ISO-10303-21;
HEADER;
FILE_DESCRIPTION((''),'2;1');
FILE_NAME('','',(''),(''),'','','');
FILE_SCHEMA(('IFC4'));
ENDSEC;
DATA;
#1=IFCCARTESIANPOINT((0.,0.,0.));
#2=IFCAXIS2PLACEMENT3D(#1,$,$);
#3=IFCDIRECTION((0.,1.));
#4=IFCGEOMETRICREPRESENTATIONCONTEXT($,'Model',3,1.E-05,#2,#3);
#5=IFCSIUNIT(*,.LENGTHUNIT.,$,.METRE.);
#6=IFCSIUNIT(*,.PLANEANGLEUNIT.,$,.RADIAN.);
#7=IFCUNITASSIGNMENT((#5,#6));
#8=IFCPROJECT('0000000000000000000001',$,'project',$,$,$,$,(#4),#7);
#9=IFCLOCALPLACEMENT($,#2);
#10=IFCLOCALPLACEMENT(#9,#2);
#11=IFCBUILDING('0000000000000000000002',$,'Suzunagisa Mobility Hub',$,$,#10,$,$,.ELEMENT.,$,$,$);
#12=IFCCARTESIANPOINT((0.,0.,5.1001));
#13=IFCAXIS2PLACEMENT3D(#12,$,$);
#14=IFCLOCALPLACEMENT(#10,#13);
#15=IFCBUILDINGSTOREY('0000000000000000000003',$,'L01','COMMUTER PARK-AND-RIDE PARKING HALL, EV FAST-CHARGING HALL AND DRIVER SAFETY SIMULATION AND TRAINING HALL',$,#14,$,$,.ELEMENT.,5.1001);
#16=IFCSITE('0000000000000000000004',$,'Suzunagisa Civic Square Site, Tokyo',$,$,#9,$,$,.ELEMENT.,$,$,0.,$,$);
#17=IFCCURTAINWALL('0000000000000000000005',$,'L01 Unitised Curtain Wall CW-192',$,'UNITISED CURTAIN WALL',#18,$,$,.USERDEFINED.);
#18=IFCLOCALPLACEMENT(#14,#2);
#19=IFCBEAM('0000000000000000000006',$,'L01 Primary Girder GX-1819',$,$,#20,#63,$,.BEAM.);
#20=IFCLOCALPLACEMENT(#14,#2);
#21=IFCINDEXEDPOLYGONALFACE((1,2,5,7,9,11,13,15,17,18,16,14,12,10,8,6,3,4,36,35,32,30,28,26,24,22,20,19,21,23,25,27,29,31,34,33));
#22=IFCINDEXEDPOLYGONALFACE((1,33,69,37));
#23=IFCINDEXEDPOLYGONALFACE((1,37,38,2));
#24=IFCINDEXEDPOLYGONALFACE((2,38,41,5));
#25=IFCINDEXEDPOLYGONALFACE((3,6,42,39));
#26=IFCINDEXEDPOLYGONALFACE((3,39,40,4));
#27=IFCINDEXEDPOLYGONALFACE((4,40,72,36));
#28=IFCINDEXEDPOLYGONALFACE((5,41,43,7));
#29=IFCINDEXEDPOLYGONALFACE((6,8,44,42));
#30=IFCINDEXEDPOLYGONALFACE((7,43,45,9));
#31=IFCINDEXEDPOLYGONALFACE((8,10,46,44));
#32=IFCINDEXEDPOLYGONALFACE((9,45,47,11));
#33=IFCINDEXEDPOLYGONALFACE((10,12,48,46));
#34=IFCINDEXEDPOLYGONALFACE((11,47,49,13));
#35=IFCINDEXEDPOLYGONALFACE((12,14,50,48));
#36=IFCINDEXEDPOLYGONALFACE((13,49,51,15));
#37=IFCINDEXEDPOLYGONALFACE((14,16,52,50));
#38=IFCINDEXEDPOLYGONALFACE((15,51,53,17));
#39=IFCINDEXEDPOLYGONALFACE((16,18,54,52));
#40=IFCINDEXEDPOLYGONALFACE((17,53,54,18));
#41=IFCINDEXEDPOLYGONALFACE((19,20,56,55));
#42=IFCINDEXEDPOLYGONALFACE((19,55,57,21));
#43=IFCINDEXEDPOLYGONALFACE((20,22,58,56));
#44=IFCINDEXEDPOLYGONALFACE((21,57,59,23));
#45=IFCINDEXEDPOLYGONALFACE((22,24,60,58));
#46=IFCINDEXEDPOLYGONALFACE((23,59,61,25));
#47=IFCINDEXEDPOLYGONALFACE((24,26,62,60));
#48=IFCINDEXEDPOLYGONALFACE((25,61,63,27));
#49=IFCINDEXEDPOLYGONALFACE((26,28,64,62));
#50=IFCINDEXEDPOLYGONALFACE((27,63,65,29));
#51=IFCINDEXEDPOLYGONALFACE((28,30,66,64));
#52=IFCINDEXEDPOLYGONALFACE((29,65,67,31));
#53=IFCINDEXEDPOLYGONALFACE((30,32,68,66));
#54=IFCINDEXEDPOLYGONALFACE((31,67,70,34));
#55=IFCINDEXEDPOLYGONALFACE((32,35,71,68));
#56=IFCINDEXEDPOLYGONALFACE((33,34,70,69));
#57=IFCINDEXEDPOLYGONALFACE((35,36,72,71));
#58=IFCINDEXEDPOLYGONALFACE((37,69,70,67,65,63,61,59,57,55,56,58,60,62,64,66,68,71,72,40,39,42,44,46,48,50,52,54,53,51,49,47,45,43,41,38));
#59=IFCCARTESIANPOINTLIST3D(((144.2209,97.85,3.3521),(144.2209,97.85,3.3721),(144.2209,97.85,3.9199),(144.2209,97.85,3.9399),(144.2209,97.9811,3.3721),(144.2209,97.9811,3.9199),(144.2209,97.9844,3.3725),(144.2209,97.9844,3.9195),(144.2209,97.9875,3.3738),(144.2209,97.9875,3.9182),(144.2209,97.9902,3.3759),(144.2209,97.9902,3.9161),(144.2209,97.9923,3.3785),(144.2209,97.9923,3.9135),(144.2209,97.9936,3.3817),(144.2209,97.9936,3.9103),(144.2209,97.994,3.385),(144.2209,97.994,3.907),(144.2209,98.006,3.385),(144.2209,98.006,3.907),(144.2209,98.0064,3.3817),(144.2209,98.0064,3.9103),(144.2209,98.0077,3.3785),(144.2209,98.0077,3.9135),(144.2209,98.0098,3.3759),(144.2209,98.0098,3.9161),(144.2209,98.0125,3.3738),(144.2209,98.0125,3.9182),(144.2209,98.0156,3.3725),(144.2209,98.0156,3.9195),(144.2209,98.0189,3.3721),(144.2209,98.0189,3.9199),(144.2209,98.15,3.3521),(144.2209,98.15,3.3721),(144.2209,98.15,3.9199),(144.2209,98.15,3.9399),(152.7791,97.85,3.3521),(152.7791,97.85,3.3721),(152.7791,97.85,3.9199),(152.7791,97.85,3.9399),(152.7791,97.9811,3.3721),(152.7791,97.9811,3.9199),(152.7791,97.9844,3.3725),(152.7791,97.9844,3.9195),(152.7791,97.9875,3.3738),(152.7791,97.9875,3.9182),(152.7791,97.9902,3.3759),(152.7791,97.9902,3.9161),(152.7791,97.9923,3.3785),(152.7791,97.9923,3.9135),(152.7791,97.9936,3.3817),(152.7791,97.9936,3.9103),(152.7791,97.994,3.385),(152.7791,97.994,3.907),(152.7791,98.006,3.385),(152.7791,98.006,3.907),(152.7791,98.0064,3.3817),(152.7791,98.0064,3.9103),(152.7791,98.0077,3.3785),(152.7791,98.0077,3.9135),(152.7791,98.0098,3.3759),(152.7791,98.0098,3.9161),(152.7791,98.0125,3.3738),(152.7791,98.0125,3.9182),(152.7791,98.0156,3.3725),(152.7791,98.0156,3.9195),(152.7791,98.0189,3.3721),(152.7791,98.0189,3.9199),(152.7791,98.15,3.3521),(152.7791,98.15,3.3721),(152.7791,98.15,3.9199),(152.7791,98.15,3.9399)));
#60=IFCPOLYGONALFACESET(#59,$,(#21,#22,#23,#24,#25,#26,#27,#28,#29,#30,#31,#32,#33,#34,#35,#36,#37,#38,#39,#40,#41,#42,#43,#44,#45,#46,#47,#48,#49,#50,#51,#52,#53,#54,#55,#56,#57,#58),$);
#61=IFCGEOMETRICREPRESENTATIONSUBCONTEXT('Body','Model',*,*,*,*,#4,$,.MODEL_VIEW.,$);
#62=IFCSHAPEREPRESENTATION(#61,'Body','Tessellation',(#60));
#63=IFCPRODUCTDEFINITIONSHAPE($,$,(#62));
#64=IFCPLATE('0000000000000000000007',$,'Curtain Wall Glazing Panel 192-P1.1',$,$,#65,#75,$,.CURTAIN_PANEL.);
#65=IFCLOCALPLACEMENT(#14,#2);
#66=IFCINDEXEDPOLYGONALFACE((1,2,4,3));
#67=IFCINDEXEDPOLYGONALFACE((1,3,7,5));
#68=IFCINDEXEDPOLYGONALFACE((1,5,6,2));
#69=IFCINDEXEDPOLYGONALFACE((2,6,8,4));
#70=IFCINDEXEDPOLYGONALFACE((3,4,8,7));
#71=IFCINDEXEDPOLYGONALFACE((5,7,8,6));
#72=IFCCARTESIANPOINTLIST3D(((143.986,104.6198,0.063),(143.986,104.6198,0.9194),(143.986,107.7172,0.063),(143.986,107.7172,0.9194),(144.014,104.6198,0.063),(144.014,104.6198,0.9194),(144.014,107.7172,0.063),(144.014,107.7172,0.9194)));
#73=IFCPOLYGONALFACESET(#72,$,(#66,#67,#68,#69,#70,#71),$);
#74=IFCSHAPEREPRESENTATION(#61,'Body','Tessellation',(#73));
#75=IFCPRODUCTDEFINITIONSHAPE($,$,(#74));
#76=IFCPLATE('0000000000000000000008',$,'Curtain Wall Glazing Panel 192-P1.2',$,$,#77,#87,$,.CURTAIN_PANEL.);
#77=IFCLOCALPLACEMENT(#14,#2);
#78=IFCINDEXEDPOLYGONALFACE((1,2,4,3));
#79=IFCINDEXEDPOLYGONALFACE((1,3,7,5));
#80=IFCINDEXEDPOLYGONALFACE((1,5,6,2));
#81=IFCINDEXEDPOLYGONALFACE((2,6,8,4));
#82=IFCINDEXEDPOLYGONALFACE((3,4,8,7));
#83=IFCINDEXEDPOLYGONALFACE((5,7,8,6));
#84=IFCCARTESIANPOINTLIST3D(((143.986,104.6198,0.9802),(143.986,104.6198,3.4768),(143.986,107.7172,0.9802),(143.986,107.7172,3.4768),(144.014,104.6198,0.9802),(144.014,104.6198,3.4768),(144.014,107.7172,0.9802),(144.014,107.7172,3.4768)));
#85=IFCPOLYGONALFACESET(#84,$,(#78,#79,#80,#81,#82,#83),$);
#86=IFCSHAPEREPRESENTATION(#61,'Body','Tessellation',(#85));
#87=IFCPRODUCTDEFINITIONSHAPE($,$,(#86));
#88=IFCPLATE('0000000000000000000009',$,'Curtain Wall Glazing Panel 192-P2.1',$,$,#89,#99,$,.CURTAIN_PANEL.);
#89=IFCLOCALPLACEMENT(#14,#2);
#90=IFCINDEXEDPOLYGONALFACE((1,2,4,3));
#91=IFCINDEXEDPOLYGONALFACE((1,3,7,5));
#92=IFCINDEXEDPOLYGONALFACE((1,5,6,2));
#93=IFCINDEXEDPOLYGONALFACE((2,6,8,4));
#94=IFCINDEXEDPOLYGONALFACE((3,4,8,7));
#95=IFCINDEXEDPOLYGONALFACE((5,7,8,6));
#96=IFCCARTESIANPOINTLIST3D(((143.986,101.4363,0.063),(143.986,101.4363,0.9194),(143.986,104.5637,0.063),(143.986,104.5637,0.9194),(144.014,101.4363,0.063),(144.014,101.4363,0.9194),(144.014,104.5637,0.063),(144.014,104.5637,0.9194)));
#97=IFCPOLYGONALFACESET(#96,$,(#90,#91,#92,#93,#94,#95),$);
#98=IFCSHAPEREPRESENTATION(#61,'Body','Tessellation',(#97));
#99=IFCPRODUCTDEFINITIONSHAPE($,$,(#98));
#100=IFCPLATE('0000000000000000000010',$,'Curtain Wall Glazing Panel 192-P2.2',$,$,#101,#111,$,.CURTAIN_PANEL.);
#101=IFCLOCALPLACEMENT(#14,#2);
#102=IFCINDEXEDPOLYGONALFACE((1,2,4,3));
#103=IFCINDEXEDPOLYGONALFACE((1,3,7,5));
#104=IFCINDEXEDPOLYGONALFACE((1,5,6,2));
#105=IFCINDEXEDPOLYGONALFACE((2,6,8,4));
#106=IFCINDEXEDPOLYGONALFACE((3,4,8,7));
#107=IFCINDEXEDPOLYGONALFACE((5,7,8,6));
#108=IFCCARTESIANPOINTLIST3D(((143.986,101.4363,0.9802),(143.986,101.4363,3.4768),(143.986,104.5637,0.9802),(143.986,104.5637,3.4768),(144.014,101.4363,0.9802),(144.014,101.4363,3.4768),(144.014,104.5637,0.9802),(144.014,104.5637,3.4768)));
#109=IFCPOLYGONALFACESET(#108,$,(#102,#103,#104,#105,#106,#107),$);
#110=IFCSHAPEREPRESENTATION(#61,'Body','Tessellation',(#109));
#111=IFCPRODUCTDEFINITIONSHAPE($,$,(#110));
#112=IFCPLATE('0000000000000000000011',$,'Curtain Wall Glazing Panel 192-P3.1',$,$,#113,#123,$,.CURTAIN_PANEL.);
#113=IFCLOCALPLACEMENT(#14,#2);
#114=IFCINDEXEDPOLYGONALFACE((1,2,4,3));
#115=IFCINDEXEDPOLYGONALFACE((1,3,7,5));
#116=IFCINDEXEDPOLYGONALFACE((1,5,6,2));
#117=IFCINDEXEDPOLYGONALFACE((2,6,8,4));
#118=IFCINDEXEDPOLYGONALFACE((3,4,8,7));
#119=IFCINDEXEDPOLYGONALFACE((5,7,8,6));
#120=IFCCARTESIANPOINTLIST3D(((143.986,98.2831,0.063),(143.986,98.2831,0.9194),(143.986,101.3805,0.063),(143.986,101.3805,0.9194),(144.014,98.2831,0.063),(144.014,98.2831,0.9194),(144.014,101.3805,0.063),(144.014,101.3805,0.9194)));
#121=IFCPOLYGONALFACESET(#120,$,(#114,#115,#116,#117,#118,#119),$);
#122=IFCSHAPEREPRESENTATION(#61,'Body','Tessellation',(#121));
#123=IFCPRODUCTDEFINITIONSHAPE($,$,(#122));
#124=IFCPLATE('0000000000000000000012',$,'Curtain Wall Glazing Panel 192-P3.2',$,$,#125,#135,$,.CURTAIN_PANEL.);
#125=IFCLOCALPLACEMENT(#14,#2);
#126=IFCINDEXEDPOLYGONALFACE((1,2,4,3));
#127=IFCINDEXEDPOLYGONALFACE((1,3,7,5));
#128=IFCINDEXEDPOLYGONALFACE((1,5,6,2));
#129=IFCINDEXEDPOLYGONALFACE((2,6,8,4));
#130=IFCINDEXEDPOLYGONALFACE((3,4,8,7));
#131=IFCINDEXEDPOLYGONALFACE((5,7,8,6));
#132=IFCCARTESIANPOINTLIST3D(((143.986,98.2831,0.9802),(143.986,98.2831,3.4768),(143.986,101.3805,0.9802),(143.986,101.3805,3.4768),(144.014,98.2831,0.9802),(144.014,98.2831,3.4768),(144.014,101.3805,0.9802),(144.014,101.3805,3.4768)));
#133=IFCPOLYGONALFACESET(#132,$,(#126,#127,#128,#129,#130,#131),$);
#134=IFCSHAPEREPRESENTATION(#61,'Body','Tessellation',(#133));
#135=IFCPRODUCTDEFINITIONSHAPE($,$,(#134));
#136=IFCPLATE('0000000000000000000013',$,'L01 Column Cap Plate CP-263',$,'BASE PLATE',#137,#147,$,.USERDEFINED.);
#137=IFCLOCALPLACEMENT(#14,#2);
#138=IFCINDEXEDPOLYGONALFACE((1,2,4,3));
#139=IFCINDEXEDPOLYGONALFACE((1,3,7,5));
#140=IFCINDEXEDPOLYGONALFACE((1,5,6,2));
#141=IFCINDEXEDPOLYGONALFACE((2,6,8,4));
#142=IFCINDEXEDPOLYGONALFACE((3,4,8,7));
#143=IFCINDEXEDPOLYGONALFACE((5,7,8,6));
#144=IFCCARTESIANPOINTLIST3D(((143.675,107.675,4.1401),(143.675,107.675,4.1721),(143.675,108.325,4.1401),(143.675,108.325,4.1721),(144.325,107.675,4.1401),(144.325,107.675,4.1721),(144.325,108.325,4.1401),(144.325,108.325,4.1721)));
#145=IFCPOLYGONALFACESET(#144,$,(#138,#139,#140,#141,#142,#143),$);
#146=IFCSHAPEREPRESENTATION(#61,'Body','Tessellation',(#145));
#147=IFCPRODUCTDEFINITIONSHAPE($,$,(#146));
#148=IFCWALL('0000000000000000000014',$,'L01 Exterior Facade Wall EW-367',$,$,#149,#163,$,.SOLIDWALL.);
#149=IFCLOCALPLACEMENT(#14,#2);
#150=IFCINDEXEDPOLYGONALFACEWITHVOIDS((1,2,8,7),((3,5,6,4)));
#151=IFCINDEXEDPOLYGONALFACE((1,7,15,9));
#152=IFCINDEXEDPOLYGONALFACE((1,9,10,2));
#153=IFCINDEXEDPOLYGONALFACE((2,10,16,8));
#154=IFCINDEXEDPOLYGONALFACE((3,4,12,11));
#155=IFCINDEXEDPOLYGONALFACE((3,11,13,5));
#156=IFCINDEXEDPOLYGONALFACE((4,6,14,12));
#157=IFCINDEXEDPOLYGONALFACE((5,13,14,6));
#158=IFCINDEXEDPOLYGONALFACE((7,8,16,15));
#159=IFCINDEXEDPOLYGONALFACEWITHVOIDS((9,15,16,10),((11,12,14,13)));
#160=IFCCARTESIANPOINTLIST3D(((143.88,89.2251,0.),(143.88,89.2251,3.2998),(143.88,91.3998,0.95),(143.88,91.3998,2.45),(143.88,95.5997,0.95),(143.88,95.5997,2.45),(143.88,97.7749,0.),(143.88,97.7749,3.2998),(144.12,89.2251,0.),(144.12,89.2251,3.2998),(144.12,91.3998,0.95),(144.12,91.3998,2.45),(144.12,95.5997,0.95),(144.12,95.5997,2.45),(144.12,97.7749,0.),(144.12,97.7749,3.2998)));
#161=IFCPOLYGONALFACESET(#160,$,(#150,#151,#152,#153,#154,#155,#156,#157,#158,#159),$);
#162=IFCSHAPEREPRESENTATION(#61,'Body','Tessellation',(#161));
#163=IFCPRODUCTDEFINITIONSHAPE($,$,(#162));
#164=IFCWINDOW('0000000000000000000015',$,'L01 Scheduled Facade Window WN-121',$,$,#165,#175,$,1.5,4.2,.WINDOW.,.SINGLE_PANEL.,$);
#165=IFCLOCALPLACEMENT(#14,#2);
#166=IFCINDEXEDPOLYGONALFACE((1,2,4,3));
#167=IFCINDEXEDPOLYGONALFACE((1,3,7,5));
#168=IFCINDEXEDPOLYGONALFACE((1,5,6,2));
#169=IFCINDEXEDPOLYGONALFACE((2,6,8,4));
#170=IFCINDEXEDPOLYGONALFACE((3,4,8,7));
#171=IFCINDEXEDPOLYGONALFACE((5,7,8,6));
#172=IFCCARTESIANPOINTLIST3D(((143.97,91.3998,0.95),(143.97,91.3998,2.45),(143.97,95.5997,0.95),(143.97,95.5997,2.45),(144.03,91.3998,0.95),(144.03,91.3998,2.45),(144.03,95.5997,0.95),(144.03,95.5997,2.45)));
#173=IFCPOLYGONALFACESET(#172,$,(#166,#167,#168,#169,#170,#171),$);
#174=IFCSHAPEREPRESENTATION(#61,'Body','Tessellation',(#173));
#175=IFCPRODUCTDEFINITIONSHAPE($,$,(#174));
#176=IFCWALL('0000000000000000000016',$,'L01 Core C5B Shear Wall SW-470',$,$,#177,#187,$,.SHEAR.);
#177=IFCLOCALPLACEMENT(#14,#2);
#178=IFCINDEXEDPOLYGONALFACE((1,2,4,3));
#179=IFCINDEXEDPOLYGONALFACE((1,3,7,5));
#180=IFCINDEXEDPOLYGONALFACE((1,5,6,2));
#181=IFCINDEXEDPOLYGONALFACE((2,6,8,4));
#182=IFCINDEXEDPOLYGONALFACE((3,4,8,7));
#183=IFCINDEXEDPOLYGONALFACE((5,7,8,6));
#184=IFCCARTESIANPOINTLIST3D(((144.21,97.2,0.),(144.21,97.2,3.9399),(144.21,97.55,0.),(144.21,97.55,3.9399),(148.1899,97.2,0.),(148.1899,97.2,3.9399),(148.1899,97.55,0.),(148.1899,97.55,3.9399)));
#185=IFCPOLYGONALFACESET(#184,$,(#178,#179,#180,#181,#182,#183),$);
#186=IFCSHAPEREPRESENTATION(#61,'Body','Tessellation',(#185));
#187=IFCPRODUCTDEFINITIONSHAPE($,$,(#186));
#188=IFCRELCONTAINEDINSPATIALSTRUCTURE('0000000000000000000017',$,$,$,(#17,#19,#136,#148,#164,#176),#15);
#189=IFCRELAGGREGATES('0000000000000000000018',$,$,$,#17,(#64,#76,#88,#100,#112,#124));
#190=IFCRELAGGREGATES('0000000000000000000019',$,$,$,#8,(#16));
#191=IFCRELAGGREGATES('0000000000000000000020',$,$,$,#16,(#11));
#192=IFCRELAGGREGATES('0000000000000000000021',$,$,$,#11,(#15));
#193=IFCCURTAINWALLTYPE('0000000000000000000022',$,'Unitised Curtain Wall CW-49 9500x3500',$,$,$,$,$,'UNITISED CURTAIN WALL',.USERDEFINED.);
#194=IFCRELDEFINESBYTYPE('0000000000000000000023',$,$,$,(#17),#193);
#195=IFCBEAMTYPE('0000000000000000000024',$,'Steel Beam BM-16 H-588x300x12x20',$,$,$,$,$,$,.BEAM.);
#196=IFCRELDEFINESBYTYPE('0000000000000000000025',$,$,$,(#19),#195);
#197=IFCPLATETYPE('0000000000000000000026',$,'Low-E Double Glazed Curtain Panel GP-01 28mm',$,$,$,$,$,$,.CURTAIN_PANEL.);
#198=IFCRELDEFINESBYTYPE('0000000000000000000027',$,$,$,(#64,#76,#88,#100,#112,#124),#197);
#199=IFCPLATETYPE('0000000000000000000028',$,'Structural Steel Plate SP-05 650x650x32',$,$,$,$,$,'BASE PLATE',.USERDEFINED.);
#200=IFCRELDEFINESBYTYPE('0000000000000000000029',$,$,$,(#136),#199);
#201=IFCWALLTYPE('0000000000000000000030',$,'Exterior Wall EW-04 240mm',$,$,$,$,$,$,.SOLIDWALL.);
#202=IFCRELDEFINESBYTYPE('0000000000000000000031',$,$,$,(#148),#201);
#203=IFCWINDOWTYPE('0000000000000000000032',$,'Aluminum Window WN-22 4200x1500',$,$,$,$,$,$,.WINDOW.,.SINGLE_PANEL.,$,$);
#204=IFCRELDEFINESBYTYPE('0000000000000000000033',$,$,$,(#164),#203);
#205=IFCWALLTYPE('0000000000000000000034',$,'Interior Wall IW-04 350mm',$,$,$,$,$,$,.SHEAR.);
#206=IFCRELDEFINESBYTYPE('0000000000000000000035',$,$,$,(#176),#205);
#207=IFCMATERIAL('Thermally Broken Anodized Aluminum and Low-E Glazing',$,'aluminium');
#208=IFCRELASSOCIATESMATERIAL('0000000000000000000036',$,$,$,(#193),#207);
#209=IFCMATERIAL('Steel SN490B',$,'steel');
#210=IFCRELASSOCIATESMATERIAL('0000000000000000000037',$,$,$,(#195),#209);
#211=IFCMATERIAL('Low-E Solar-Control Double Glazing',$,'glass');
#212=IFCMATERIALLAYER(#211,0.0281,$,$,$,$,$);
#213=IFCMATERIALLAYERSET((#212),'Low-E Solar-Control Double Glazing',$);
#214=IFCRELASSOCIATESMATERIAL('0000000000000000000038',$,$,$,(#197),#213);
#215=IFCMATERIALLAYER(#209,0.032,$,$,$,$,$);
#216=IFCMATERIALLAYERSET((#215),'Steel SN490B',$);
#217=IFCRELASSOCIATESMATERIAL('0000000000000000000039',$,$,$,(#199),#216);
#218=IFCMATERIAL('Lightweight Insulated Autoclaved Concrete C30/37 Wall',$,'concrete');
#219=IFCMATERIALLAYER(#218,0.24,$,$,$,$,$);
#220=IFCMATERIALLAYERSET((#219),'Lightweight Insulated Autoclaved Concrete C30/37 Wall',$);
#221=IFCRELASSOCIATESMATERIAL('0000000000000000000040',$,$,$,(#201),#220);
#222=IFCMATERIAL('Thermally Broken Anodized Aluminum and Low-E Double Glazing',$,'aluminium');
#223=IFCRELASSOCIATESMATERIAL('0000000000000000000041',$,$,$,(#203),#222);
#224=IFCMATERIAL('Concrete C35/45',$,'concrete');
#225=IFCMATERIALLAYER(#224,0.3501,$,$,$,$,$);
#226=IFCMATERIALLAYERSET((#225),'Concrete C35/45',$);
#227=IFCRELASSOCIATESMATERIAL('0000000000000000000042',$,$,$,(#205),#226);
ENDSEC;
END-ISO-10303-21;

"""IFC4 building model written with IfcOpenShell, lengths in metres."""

from ifc_helpers import new_model, si_unit, direction, frame, frame_2d, origin, origin_2d, place, context, subcontext, project, spatial, rectangle, i_section, extrude, material, layer, layer_set, material_profile, profile_set, type_object, element, fill, aggregate, save


model = new_model("IFC4")

# Units and contexts
model_context = context("Model", 3, precision=1e-05, world=origin(), true_north=direction((0.0, 1.0)))
body_context = subcontext(model_context, "Body", "Model", "MODEL_VIEW")
ifc_project = project(units=[si_unit("LENGTHUNIT", "METRE"), si_unit("PLANEANGLEUNIT", "RADIAN")], contexts=[model_context])

# Site, building, storey
site_placement = place(None, origin())
site = spatial("IfcSite", under=ifc_project, at=site_placement, Name="Suzunagisa Civic Square Site, Tokyo", CompositionType="ELEMENT", RefElevation=0.0)
building_placement = place(site_placement, origin())
building = spatial("IfcBuilding", under=site, at=building_placement, Name="Suzunagisa Mobility Hub", CompositionType="ELEMENT")
storey_placement = place(building_placement, frame((0.0, 0.0, 5.1001)))
storey = spatial("IfcBuildingStorey", under=building, at=storey_placement, Name="L01", Description="COMMUTER PARK-AND-RIDE PARKING HALL, EV FAST-CHARGING HALL AND DRIVER SAFETY SIMULATION AND TRAINING HALL", CompositionType="ELEMENT", Elevation=5.1001)

# Shared definitions
ifc_material_1 = material(Name="Steel SN490B", Category="steel")

# Curtain wall
ifc_material_2 = material(Name="Thermally Broken Anodized Aluminum and Low-E Glazing", Category="aluminium")
curtain_wall_type = type_object("IfcCurtainWallType", Name="Unitised Curtain Wall CW-49 9500x3500", ElementType="UNITISED CURTAIN WALL", PredefinedType="USERDEFINED", material=ifc_material_2)
curtain_wall_placement = place(storey_placement, origin())
curtain_wall = element("IfcCurtainWall", 1, at=curtain_wall_placement, inside=storey, type_object=curtain_wall_type, Name="L01 Unitised Curtain Wall CW-192", ObjectType="UNITISED CURTAIN WALL", PredefinedType="USERDEFINED")

# Beam
ifc_material_profile_1 = material_profile(ifc_material_1, i_section(OverallWidth=0.3, OverallDepth=0.5879, WebThickness=0.012, FlangeThickness=0.02, FilletRadius=0.0129, at=origin_2d()), Name="H-588x300x12x20")
ifc_profile_set_1 = profile_set([ifc_material_profile_1], Name="Steel SN490B")
beam_type_1 = type_object("IfcBeamType", Name="Steel Beam BM-16 H-588x300x12x20", PredefinedType="BEAM", material=ifc_profile_set_1)
beam_1_placement = place(storey_placement, frame((144.2209, 98.0, 3.646), z_axis=(1.0, 0.0, 0.0), x_axis=(0.0, 1.0, 0.0)))
element("IfcBeam", 2, at=beam_1_placement, inside=storey, type_object=beam_type_1, Name="L01 Primary Girder GX-1819", PredefinedType="BEAM", context=body_context, shape_type="SweptSolid", body=[
    extrude(i_section(OverallWidth=0.3, OverallDepth=0.5879, WebThickness=0.012, FlangeThickness=0.02, FilletRadius=0.0129, at=origin_2d()), origin(), (0.0, 0.0, 1.0), 8.5581),
])

# Plates
ifc_material_3 = material(Name="Low-E Solar-Control Double Glazing", Category="glass")
ifc_layer_1 = layer(ifc_material_3, 0.0281)
ifc_layer_set_1 = layer_set([ifc_layer_1], Name="Low-E Solar-Control Double Glazing")
plate_type_1 = type_object("IfcPlateType", Name="Low-E Double Glazed Curtain Panel GP-01 28mm", PredefinedType="CURTAIN_PANEL", material=ifc_layer_set_1)
plate_1_placement = place(storey_placement, frame((144.0, 106.1685, 0.063), z_axis=(0.0, 0.0, 1.0), x_axis=(0.0, -1.0, 0.0)))
plate_1 = element("IfcPlate", 3, at=plate_1_placement, type_object=plate_type_1, Name="Curtain Wall Glazing Panel 192-P1.1", PredefinedType="CURTAIN_PANEL", context=body_context, shape_type="SweptSolid", body=[
    extrude(rectangle(XDim=3.0974, YDim=0.0281, at=origin_2d()), origin(), (0.0, 0.0, 1.0), 0.8564),
])
plate_2_placement = place(storey_placement, frame((144.0, 106.1685, 0.9802), z_axis=(0.0, 0.0, 1.0), x_axis=(0.0, -1.0, 0.0)))
plate_2 = element("IfcPlate", 4, at=plate_2_placement, type_object=plate_type_1, Name="Curtain Wall Glazing Panel 192-P1.2", PredefinedType="CURTAIN_PANEL", context=body_context, shape_type="SweptSolid", body=[
    extrude(rectangle(XDim=3.0974, YDim=0.0281, at=origin_2d()), origin(), (0.0, 0.0, 1.0), 2.4966),
])
plate_3_placement = place(storey_placement, frame((144.0, 103.0, 0.063), z_axis=(0.0, 0.0, 1.0), x_axis=(0.0, -1.0, 0.0)))
plate_3 = element("IfcPlate", 5, at=plate_3_placement, type_object=plate_type_1, Name="Curtain Wall Glazing Panel 192-P2.1", PredefinedType="CURTAIN_PANEL", context=body_context, shape_type="SweptSolid", body=[
    extrude(rectangle(XDim=3.1274, YDim=0.0281, at=origin_2d()), origin(), (0.0, 0.0, 1.0), 0.8564),
])
plate_4_placement = place(storey_placement, frame((144.0, 103.0, 0.9802), z_axis=(0.0, 0.0, 1.0), x_axis=(0.0, -1.0, 0.0)))
plate_4 = element("IfcPlate", 6, at=plate_4_placement, type_object=plate_type_1, Name="Curtain Wall Glazing Panel 192-P2.2", PredefinedType="CURTAIN_PANEL", context=body_context, shape_type="SweptSolid", body=[
    extrude(rectangle(XDim=3.1274, YDim=0.0281, at=origin_2d()), origin(), (0.0, 0.0, 1.0), 2.4966),
])
plate_5_placement = place(storey_placement, frame((144.0, 99.8318, 0.063), z_axis=(0.0, 0.0, 1.0), x_axis=(0.0, -1.0, 0.0)))
plate_5 = element("IfcPlate", 7, at=plate_5_placement, type_object=plate_type_1, Name="Curtain Wall Glazing Panel 192-P3.1", PredefinedType="CURTAIN_PANEL", context=body_context, shape_type="SweptSolid", body=[
    extrude(rectangle(XDim=3.0974, YDim=0.0281, at=origin_2d()), origin(), (0.0, 0.0, 1.0), 0.8564),
])
plate_6_placement = place(storey_placement, frame((144.0, 99.8318, 0.9802), z_axis=(0.0, 0.0, 1.0), x_axis=(0.0, -1.0, 0.0)))
plate_6 = element("IfcPlate", 8, at=plate_6_placement, type_object=plate_type_1, Name="Curtain Wall Glazing Panel 192-P3.2", PredefinedType="CURTAIN_PANEL", context=body_context, shape_type="SweptSolid", body=[
    extrude(rectangle(XDim=3.0974, YDim=0.0281, at=origin_2d()), origin(), (0.0, 0.0, 1.0), 2.4966),
])
aggregate(curtain_wall, [plate_1, plate_2, plate_3, plate_4, plate_5, plate_6])
ifc_layer_2 = layer(ifc_material_1, 0.032)
ifc_layer_set_2 = layer_set([ifc_layer_2], Name="Steel SN490B")
plate_type_2 = type_object("IfcPlateType", Name="Structural Steel Plate SP-05 650x650x32", ElementType="BASE PLATE", PredefinedType="USERDEFINED", material=ifc_layer_set_2)
plate_7_placement = place(storey_placement, frame((144.0, 108.0, 4.1401), z_axis=(0.0, 0.0, 1.0), x_axis=(1.0, 0.0, 0.0)))
element("IfcPlate", 9, at=plate_7_placement, inside=storey, type_object=plate_type_2, Name="L01 Column Cap Plate CP-263", ObjectType="BASE PLATE", PredefinedType="USERDEFINED", context=body_context, shape_type="SweptSolid", body=[
    extrude(rectangle(XDim=0.6499, YDim=0.6499, at=origin_2d()), origin(), (0.0, 0.0, 1.0), 0.032),
])

# Wall, opening, window
ifc_material_4 = material(Name="Lightweight Insulated Autoclaved Concrete C30/37 Wall", Category="concrete")
ifc_layer_3 = layer(ifc_material_4, 0.24)
ifc_layer_set_3 = layer_set([ifc_layer_3], Name="Lightweight Insulated Autoclaved Concrete C30/37 Wall")
wall_type_1 = type_object("IfcWallType", Name="Exterior Wall EW-04 240mm", PredefinedType="SOLIDWALL", material=ifc_layer_set_3)
wall_1_placement = place(storey_placement, frame((144.0, 97.7749, 0.0), z_axis=(0.0, 0.0, 1.0), x_axis=(0.0, -1.0, 0.0)))
wall_1 = element("IfcWall", 10, at=wall_1_placement, inside=storey, type_object=wall_type_1, Name="L01 Exterior Facade Wall EW-367", PredefinedType="SOLIDWALL", context=body_context, shape_type="SweptSolid", body=[
    extrude(rectangle(XDim=8.5498, YDim=0.24, at=frame_2d((4.2749, 0.0))), origin(), (0.0, 0.0, 1.0), 3.2998),
])
opening_placement = place(wall_1_placement, frame((2.175, 0.0, 0.95)))
opening = element("IfcOpeningElement", 11, at=opening_placement, cuts=wall_1, PredefinedType="OPENING", context=body_context, shape_type="SweptSolid", body=[
    extrude(rectangle(XDim=4.2, YDim=1.5, at=frame_2d((2.1001, 0.75))), frame((0.0, 0.1309, 0.0), z_axis=(0.0, -1.0, 0.0), x_axis=(1.0, 0.0, 0.0)), (0.0, 0.0, 1.0), 0.262),
])
ifc_material_5 = material(Name="Thermally Broken Anodized Aluminum and Low-E Double Glazing", Category="aluminium")
window_type = type_object("IfcWindowType", Name="Aluminum Window WN-22 4200x1500", PartitioningType="SINGLE_PANEL", PredefinedType="WINDOW", material=ifc_material_5)
window_placement = place(opening_placement, origin())
window = element("IfcWindow", 12, at=window_placement, inside=storey, type_object=window_type, Name="L01 Scheduled Facade Window WN-121", OverallHeight=1.5, OverallWidth=4.2, PartitioningType="SINGLE_PANEL", PredefinedType="WINDOW", context=body_context, shape_type="SweptSolid", body=[
    extrude(rectangle(XDim=4.2, YDim=1.5, at=frame_2d((2.1001, 0.75))), frame((0.0, 0.03, 0.0), z_axis=(0.0, -1.0, 0.0), x_axis=(1.0, 0.0, 0.0)), (0.0, 0.0, 1.0), 0.0601),
])
fill(opening, window)

# Wall
ifc_material_6 = material(Name="Concrete C35/45", Category="concrete")
ifc_layer_4 = layer(ifc_material_6, 0.3501)
ifc_layer_set_4 = layer_set([ifc_layer_4], Name="Concrete C35/45")
wall_type_2 = type_object("IfcWallType", Name="Interior Wall IW-04 350mm", PredefinedType="SHEAR", material=ifc_layer_set_4)
wall_2_placement = place(storey_placement, frame((144.21, 97.375, 0.0), z_axis=(0.0, 0.0, 1.0), x_axis=(1.0, 0.0, 0.0)))
element("IfcWall", 13, at=wall_2_placement, inside=storey, type_object=wall_type_2, Name="L01 Core C5B Shear Wall SW-470", PredefinedType="SHEAR", context=body_context, shape_type="SweptSolid", body=[
    extrude(rectangle(XDim=3.98, YDim=0.3501, at=frame_2d((1.99, 0.0))), origin(), (0.0, 0.0, 1.0), 3.9399),
])

save(model, "model.ifc")
